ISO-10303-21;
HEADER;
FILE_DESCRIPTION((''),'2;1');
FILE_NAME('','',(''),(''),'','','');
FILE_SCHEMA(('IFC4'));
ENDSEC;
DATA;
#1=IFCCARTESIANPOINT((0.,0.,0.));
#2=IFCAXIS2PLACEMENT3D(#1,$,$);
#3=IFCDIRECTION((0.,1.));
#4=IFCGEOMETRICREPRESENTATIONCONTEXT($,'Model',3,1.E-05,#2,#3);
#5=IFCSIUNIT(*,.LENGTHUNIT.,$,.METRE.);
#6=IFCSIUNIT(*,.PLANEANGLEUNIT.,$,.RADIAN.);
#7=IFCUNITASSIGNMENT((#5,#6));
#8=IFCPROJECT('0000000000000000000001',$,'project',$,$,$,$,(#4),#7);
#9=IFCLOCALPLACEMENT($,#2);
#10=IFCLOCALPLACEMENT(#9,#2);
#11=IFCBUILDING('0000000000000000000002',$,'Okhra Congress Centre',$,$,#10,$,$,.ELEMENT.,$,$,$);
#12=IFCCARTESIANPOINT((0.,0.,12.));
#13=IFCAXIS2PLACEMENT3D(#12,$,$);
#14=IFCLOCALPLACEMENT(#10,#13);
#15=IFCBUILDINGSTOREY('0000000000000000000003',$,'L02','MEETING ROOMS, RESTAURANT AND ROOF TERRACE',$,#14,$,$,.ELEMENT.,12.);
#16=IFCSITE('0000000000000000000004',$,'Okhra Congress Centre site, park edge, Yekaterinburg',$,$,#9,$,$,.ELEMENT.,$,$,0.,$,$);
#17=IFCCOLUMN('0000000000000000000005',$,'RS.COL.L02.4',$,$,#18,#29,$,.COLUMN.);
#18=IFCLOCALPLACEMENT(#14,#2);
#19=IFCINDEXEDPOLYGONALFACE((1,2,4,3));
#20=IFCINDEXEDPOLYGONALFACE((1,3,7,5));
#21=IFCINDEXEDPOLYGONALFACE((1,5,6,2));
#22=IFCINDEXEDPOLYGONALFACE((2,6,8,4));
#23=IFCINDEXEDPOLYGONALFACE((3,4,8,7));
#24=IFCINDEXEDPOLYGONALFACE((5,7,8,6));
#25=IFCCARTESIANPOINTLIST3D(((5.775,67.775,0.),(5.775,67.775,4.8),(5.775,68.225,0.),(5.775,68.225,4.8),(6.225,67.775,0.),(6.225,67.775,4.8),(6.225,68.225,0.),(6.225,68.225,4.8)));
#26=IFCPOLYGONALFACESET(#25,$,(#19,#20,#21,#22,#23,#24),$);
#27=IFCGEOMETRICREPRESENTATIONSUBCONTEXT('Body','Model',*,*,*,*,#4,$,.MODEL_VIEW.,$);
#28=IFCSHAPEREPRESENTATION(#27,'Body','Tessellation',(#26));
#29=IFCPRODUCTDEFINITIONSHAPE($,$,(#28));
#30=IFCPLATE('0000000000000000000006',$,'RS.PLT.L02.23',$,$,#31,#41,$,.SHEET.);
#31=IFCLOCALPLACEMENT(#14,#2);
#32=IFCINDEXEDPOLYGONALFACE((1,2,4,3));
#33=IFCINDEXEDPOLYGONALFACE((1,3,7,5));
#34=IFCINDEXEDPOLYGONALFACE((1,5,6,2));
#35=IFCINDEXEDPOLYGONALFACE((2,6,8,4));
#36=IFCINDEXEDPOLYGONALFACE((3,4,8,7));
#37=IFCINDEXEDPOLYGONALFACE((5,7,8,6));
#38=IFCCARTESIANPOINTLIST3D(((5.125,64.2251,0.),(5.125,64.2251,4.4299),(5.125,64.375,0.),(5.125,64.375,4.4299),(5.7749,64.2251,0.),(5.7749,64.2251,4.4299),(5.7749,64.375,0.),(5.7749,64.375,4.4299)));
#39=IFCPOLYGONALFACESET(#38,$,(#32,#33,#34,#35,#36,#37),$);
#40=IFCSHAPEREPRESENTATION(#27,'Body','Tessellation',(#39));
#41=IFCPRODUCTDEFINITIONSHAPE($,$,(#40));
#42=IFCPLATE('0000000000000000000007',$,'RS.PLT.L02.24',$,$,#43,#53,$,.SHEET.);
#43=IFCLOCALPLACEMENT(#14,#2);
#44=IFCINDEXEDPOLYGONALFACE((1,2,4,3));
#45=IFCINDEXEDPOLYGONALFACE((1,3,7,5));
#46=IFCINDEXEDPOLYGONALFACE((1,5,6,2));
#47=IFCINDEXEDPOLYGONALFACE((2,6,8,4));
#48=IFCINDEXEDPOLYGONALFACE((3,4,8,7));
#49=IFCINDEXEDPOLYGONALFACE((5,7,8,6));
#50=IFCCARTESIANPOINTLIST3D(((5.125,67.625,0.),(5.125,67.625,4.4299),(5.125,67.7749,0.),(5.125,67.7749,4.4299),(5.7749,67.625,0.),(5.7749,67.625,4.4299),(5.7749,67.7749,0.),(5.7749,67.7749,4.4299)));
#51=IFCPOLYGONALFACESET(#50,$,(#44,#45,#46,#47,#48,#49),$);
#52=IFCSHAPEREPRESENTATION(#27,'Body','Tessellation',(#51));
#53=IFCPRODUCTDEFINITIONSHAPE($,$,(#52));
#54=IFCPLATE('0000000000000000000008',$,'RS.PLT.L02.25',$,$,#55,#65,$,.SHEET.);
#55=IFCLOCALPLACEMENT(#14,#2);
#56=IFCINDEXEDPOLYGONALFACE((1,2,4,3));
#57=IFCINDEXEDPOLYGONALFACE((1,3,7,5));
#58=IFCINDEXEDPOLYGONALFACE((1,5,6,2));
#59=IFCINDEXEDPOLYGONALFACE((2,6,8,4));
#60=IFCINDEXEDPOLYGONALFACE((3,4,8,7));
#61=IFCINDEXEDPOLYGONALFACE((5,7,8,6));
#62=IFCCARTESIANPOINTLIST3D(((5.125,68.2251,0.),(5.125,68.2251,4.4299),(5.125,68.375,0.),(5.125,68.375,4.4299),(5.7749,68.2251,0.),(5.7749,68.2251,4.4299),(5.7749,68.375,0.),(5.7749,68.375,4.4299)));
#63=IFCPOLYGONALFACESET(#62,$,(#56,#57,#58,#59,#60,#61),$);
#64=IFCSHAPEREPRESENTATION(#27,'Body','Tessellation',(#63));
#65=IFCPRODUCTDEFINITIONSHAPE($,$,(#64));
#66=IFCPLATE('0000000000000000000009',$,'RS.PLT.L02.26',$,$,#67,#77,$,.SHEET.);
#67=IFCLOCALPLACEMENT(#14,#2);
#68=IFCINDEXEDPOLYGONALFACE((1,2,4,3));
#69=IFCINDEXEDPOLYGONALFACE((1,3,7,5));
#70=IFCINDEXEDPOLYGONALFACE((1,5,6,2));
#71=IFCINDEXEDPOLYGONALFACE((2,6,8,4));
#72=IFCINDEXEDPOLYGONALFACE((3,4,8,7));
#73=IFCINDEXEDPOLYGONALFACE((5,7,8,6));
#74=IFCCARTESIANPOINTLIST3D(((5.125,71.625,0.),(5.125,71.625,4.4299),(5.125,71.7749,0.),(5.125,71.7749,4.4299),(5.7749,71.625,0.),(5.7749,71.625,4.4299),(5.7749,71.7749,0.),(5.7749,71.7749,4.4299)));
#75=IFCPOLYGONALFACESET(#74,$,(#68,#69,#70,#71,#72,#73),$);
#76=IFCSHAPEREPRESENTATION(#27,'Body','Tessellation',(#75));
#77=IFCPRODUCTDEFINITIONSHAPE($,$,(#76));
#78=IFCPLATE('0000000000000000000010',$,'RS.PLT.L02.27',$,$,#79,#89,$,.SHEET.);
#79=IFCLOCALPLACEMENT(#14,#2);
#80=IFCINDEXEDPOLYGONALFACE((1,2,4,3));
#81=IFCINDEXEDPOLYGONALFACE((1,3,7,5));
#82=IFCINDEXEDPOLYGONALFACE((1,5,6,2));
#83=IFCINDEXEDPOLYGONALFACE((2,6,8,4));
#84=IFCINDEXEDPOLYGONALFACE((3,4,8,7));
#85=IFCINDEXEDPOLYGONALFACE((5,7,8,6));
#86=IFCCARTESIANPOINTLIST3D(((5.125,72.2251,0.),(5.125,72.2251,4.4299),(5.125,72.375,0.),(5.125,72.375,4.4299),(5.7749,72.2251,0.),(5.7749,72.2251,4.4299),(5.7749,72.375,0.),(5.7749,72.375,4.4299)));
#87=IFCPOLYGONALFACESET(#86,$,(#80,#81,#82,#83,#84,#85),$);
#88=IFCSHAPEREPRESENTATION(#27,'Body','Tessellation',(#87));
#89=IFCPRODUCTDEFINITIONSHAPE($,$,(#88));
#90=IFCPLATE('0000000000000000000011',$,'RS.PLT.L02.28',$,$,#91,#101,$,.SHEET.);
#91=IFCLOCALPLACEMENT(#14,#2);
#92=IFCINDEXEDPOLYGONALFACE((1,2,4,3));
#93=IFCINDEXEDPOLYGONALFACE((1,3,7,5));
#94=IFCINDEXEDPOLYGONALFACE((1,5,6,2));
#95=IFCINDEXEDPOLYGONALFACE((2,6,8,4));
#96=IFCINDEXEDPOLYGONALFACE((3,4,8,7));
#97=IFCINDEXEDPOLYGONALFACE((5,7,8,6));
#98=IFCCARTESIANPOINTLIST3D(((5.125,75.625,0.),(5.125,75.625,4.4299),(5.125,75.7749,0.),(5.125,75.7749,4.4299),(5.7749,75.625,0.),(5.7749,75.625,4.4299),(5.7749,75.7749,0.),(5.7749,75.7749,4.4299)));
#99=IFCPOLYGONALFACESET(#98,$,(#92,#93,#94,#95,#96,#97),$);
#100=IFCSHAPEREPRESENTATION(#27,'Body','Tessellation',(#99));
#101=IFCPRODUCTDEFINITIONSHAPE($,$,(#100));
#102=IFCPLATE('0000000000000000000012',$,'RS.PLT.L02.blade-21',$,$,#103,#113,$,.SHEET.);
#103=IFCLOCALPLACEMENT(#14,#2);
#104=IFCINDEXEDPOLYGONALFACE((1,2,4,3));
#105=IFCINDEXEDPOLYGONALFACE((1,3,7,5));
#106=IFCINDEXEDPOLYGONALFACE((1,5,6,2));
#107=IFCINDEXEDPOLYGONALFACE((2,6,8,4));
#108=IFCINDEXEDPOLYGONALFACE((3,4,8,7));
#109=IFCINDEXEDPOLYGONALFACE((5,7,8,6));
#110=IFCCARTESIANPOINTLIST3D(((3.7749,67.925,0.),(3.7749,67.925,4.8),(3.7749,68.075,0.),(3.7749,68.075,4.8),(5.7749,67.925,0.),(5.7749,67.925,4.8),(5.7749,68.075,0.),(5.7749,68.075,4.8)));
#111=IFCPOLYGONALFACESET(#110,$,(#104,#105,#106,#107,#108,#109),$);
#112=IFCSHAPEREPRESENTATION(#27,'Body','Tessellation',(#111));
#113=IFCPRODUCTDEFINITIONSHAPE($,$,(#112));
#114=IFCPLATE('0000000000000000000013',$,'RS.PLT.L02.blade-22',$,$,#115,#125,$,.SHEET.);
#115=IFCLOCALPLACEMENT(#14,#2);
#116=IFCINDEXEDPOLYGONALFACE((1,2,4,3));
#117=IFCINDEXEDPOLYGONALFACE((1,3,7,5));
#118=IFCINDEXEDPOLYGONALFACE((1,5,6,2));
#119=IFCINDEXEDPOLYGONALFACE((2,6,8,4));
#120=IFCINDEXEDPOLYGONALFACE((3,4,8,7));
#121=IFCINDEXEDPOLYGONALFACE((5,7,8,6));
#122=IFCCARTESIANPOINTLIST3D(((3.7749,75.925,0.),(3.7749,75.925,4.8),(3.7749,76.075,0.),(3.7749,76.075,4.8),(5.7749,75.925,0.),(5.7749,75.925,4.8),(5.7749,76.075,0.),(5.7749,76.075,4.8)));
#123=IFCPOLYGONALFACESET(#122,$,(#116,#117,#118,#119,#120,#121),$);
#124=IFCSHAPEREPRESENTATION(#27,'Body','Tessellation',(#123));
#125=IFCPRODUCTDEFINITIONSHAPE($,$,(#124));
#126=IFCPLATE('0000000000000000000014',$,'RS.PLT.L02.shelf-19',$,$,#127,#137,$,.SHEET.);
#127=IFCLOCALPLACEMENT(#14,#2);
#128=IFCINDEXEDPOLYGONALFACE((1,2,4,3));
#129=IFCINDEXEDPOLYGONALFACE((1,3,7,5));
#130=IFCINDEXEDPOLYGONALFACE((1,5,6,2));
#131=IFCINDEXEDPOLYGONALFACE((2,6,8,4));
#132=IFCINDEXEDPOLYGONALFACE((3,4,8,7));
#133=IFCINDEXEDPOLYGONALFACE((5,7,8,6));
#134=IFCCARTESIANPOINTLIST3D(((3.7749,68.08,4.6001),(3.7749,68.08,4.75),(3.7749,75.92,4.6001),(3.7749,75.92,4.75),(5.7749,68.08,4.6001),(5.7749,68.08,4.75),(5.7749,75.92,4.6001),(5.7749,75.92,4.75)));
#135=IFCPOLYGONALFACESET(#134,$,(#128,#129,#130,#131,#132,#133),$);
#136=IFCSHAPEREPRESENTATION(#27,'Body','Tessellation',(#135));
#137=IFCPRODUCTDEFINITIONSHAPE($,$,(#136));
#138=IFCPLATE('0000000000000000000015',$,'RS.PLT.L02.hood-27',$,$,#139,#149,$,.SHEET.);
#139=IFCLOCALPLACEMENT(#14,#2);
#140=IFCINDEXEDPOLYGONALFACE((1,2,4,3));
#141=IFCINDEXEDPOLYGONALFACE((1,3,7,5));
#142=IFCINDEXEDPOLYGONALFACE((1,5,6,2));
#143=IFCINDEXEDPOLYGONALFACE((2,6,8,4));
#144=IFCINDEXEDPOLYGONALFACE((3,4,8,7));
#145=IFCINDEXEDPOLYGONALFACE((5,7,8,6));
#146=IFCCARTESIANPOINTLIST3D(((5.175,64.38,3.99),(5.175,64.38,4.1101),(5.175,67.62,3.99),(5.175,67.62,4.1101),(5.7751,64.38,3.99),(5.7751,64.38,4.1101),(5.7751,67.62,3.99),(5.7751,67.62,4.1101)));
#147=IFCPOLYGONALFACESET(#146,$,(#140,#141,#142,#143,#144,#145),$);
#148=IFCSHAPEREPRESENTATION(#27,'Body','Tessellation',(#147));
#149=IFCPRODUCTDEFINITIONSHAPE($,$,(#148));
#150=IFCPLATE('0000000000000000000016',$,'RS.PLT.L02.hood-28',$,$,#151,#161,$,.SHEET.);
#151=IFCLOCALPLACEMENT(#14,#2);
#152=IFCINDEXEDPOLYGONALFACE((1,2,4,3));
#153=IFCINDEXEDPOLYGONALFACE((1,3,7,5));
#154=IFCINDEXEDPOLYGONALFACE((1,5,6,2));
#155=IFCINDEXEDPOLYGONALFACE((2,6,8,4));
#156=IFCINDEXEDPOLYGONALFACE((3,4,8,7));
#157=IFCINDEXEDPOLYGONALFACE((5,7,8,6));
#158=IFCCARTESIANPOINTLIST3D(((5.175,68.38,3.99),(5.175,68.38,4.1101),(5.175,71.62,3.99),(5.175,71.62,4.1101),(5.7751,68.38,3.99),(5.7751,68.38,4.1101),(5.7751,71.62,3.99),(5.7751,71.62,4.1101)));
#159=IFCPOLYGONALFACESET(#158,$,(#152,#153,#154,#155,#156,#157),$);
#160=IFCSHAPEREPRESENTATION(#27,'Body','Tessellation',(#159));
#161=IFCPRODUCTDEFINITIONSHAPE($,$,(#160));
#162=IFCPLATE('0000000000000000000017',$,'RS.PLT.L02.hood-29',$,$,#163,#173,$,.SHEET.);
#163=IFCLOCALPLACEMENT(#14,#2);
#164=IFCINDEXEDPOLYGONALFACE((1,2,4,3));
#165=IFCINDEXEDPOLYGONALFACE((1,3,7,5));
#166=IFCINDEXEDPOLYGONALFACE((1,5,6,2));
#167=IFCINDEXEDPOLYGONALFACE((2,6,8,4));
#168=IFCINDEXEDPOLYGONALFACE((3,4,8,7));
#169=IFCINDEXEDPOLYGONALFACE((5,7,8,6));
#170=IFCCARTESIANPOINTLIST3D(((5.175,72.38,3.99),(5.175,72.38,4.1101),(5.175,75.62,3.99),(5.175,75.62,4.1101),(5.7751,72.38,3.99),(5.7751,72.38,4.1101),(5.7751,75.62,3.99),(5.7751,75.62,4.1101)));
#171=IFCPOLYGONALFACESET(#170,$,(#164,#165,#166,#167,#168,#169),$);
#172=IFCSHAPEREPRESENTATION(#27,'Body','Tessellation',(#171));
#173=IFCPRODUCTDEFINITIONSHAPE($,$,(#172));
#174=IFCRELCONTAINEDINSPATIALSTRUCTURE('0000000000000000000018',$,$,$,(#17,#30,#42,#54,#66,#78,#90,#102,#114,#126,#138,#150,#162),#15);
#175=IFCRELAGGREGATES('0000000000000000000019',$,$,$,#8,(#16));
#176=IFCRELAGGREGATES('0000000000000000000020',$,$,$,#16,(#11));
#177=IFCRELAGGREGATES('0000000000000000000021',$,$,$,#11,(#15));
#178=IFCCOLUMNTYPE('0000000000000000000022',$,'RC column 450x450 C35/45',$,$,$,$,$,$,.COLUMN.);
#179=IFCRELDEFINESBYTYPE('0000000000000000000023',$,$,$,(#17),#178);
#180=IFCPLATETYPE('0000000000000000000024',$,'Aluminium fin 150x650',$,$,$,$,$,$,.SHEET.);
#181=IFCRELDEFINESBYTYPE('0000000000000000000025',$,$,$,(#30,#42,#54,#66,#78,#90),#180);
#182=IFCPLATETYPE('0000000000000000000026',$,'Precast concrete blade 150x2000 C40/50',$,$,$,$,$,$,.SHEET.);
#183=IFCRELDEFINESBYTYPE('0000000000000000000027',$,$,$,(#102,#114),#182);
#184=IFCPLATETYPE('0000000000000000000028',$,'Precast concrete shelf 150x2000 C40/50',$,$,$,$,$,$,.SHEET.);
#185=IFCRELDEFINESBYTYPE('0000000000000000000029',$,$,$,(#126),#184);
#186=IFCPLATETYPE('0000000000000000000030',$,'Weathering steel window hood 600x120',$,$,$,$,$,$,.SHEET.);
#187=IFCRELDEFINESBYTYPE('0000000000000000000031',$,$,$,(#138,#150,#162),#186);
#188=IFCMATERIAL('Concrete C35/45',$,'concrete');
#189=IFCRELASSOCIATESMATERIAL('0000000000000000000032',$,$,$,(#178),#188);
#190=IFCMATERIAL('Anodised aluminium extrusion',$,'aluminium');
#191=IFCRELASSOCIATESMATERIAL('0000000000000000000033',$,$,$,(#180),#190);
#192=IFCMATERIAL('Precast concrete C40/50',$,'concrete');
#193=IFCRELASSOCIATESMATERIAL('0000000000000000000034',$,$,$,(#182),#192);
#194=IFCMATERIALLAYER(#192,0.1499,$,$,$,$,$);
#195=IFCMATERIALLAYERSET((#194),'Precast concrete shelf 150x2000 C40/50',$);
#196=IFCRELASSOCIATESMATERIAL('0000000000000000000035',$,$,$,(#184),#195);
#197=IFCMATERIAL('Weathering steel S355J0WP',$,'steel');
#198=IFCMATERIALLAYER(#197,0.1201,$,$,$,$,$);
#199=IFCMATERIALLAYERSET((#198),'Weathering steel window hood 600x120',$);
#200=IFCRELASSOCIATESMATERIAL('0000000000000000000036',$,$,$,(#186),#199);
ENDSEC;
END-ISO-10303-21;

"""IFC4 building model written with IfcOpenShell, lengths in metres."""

from ifc_helpers import new_model, si_unit, direction, frame, origin, origin_2d, place, context, subcontext, project, spatial, rectangle, extrude, material, layer, layer_set, material_profile, profile_set, type_object, element, save


model = new_model("IFC4")

# Units and contexts
model_context = context("Model", 3, precision=1e-05, world=origin(), true_north=direction((0.0, 1.0)))
body_context = subcontext(model_context, "Body", "Model", "MODEL_VIEW")
ifc_project = project(units=[si_unit("LENGTHUNIT", "METRE"), si_unit("PLANEANGLEUNIT", "RADIAN")], contexts=[model_context])

# Site, building, storey
site_placement = place(None, origin())
site = spatial("IfcSite", under=ifc_project, at=site_placement, Name="Okhra Congress Centre site, park edge, Yekaterinburg", CompositionType="ELEMENT", RefElevation=0.0)
building_placement = place(site_placement, origin())
building = spatial("IfcBuilding", under=site, at=building_placement, Name="Okhra Congress Centre", CompositionType="ELEMENT")
storey_placement = place(building_placement, frame((0.0, 0.0, 12.0)))
storey = spatial("IfcBuildingStorey", under=building, at=storey_placement, Name="L02", Description="MEETING ROOMS, RESTAURANT AND ROOF TERRACE", CompositionType="ELEMENT", Elevation=12.0)

# Column
ifc_material_1 = material(Name="Concrete C35/45", Category="concrete")
ifc_material_profile = material_profile(ifc_material_1, rectangle(XDim=0.45, YDim=0.45, at=origin_2d()), Name="RC 450x450")
ifc_profile_set = profile_set([ifc_material_profile], Name="Concrete C35/45")
column_type = type_object("IfcColumnType", Name="RC column 450x450 C35/45", PredefinedType="COLUMN", material=ifc_profile_set)
column_placement = place(storey_placement, frame((6.0, 68.0, 0.0), z_axis=(0.0, 0.0, 1.0), x_axis=(1.0, 0.0, 0.0)))
element("IfcColumn", 1, at=column_placement, inside=storey, type_object=column_type, Name="RS.COL.L02.4", PredefinedType="COLUMN", context=body_context, shape_type="SweptSolid", body=[
    extrude(rectangle(XDim=0.45, YDim=0.45, at=origin_2d()), origin(), (0.0, 0.0, 1.0), 4.8),
])

# Plates
ifc_material_2 = material(Name="Anodised aluminium extrusion", Category="aluminium")
plate_type_1 = type_object("IfcPlateType", Name="Aluminium fin 150x650", PredefinedType="SHEET", material=ifc_material_2)
for number, where, z_axis, x_axis, name in (
    (2, (5.45, 64.3, 0.0), (0.0, 0.0, 1.0), (0.0, -1.0, 0.0), "RS.PLT.L02.23"),
    (3, (5.45, 67.7, 0.0), (0.0, 0.0, 1.0), (0.0, -1.0, 0.0), "RS.PLT.L02.24"),
    (4, (5.45, 68.3, 0.0), (0.0, 0.0, 1.0), (0.0, -1.0, 0.0), "RS.PLT.L02.25"),
    (5, (5.45, 71.7, 0.0), (0.0, 0.0, 1.0), (0.0, -1.0, 0.0), "RS.PLT.L02.26"),
    (6, (5.45, 72.3, 0.0), (0.0, 0.0, 1.0), (0.0, -1.0, 0.0), "RS.PLT.L02.27"),
    (7, (5.45, 75.7, 0.0), (0.0, 0.0, 1.0), (0.0, -1.0, 0.0), "RS.PLT.L02.28"),
):
    element("IfcPlate", number, at=place(storey_placement, frame(where, z_axis=z_axis, x_axis=x_axis)), inside=storey, type_object=plate_type_1, Name=name, PredefinedType="SHEET", context=body_context, shape_type="SweptSolid", body=[
        extrude(rectangle(XDim=0.1499, YDim=0.6499, at=origin_2d()), origin(), (0.0, 0.0, 1.0), 4.4299),
    ])
ifc_material_3 = material(Name="Precast concrete C40/50", Category="concrete")
plate_type_2 = type_object("IfcPlateType", Name="Precast concrete blade 150x2000 C40/50", PredefinedType="SHEET", material=ifc_material_3)
for number, where, z_axis, x_axis, name in (
    (8, (4.7749, 68.0, 0.0), (0.0, 0.0, 1.0), (0.0, -1.0, 0.0), "RS.PLT.L02.blade-21"),
    (9, (4.7749, 76.0, 0.0), (0.0, 0.0, 1.0), (0.0, -1.0, 0.0), "RS.PLT.L02.blade-22"),
):
    element("IfcPlate", number, at=place(storey_placement, frame(where, z_axis=z_axis, x_axis=x_axis)), inside=storey, type_object=plate_type_2, Name=name, PredefinedType="SHEET", context=body_context, shape_type="SweptSolid", body=[
        extrude(rectangle(XDim=0.1499, YDim=2.0, at=origin_2d()), origin(), (0.0, 0.0, 1.0), 4.8),
    ])
ifc_layer_1 = layer(ifc_material_3, 0.1499)
ifc_layer_set_1 = layer_set([ifc_layer_1], Name="Precast concrete shelf 150x2000 C40/50")
plate_type_3 = type_object("IfcPlateType", Name="Precast concrete shelf 150x2000 C40/50", PredefinedType="SHEET", material=ifc_layer_set_1)
plate_placement = place(storey_placement, frame((4.7749, 72.0, 4.6001), z_axis=(0.0, 0.0, 1.0), x_axis=(0.0, -1.0, 0.0)))
element("IfcPlate", 10, at=plate_placement, inside=storey, type_object=plate_type_3, Name="RS.PLT.L02.shelf-19", PredefinedType="SHEET", context=body_context, shape_type="SweptSolid", body=[
    extrude(rectangle(XDim=7.8401, YDim=2.0, at=origin_2d()), origin(), (0.0, 0.0, 1.0), 0.1499),
])
ifc_material_4 = material(Name="Weathering steel S355J0WP", Category="steel")
ifc_layer_2 = layer(ifc_material_4, 0.1201)
ifc_layer_set_2 = layer_set([ifc_layer_2], Name="Weathering steel window hood 600x120")
plate_type_4 = type_object("IfcPlateType", Name="Weathering steel window hood 600x120", PredefinedType="SHEET", material=ifc_layer_set_2)
for number, where, z_axis, x_axis, name in (
    (11, (5.4751, 66.0, 3.99), (0.0, 0.0, 1.0), (0.0, -1.0, 0.0), "RS.PLT.L02.hood-27"),
    (12, (5.4751, 70.0, 3.99), (0.0, 0.0, 1.0), (0.0, -1.0, 0.0), "RS.PLT.L02.hood-28"),
    (13, (5.4751, 74.0, 3.99), (0.0, 0.0, 1.0), (0.0, -1.0, 0.0), "RS.PLT.L02.hood-29"),
):
    element("IfcPlate", number, at=place(storey_placement, frame(where, z_axis=z_axis, x_axis=x_axis)), inside=storey, type_object=plate_type_4, Name=name, PredefinedType="SHEET", context=body_context, shape_type="SweptSolid", body=[
        extrude(rectangle(XDim=3.24, YDim=0.6001, at=origin_2d()), origin(), (0.0, 0.0, 1.0), 0.1201),
    ])

save(model, "model.ifc")
